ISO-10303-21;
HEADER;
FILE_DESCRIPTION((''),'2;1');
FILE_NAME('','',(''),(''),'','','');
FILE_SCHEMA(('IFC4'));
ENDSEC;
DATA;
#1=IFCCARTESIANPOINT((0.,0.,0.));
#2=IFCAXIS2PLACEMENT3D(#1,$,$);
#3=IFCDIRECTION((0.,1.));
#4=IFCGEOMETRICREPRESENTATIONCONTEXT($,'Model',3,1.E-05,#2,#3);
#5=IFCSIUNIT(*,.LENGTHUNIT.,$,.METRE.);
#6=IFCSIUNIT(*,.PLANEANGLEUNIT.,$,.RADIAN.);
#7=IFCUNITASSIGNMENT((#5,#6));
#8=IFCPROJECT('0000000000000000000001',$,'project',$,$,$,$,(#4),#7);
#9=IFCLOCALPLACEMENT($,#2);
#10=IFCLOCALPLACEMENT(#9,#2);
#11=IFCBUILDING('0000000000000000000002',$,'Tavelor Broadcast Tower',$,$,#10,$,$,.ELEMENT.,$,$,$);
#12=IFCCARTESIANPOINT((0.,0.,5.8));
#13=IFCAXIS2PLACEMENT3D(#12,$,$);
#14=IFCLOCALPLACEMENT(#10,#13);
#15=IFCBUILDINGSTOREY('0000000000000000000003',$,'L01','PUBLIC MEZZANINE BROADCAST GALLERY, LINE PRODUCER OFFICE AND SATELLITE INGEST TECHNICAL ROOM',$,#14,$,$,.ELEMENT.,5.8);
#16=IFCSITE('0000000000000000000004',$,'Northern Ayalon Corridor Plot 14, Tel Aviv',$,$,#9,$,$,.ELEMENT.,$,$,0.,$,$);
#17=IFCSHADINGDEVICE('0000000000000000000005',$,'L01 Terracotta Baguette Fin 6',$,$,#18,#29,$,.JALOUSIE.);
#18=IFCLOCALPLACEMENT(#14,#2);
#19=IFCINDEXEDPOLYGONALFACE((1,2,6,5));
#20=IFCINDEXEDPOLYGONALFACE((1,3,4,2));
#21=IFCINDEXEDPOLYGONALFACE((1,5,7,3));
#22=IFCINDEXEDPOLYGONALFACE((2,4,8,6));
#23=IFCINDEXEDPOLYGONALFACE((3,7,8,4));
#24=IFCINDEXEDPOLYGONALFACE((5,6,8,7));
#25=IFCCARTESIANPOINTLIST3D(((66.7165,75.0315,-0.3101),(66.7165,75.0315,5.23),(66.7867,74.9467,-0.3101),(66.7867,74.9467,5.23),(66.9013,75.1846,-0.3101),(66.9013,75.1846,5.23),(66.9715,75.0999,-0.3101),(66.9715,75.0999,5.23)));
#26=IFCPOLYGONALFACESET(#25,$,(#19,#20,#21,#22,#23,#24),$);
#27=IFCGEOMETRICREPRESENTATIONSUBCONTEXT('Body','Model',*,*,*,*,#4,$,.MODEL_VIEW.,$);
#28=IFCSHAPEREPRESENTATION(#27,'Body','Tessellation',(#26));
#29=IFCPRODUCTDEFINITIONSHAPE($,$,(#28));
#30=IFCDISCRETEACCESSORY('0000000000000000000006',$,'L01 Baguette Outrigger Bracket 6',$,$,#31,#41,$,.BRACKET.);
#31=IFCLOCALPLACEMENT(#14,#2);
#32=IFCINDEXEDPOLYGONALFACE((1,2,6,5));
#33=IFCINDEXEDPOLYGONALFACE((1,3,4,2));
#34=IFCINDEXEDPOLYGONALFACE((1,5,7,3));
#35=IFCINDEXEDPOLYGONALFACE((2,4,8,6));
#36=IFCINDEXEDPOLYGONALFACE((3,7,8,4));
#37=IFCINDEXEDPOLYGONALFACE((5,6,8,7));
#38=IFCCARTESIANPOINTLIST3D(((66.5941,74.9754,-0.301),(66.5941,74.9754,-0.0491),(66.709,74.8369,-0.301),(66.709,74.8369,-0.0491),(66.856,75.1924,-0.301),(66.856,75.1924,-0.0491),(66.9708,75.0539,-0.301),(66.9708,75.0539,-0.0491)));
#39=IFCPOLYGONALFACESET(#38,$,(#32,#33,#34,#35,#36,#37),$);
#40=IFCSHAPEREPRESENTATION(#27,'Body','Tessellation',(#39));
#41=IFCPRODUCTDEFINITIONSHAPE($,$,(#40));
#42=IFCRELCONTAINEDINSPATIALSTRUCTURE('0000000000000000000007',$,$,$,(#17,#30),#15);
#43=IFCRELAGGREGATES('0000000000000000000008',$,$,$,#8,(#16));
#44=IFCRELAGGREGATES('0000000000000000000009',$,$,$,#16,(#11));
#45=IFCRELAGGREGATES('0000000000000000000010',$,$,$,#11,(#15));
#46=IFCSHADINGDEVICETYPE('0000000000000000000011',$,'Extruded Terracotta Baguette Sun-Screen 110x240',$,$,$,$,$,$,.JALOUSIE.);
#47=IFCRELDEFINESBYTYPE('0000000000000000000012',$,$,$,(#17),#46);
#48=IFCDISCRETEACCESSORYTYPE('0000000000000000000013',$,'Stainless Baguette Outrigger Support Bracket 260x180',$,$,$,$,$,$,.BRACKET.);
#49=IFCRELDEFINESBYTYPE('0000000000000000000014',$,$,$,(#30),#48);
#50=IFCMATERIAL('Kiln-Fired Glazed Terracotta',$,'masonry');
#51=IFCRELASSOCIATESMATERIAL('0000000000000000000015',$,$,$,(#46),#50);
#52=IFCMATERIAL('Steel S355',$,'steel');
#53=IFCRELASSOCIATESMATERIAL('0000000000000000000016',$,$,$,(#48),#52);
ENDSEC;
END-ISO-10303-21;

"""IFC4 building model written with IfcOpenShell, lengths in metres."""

from ifc_helpers import new_model, si_unit, direction, frame, origin, origin_2d, place, context, subcontext, project, spatial, rectangle, extrude, source, transform, mapped, material, type_object, type_shapes, element, save


model = new_model("IFC4")

# Units and contexts
model_context = context("Model", 3, precision=1e-05, world=origin(), true_north=direction((0.0, 1.0)))
body_context = subcontext(model_context, "Body", "Model", "MODEL_VIEW")
ifc_project = project(units=[si_unit("LENGTHUNIT", "METRE"), si_unit("PLANEANGLEUNIT", "RADIAN")], contexts=[model_context])

# Site, building, storey
site_placement = place(None, origin())
site = spatial("IfcSite", under=ifc_project, at=site_placement, Name="Northern Ayalon Corridor Plot 14, Tel Aviv", CompositionType="ELEMENT", RefElevation=0.0)
building_placement = place(site_placement, origin())
building = spatial("IfcBuilding", under=site, at=building_placement, Name="Tavelor Broadcast Tower", CompositionType="ELEMENT")
storey_placement = place(building_placement, frame((0.0, 0.0, 5.8)))
storey = spatial("IfcBuildingStorey", under=building, at=storey_placement, Name="L01", Description="PUBLIC MEZZANINE BROADCAST GALLERY, LINE PRODUCER OFFICE AND SATELLITE INGEST TECHNICAL ROOM", CompositionType="ELEMENT", Elevation=5.8)

# Shared definitions
ifc_material_1 = material(Name="Steel S355", Category="steel")

# Shared definitions
ifc_material_2 = material(Name="Kiln-Fired Glazed Terracotta", Category="masonry")

# Shading device
shading_device_type = type_object("IfcShadingDeviceType", Name="Extruded Terracotta Baguette Sun-Screen 110x240", PredefinedType="JALOUSIE", material=ifc_material_2)
shared_shape_1 = source(origin(), body_context, "Body", "SweptSolid", [
    extrude(rectangle(XDim=0.1101, YDim=0.24, at=origin_2d()), origin(), (0.0, 0.0, 1.0), 5.54),
])
type_shapes(shading_device_type, [shared_shape_1])
shading_device_placement = place(storey_placement, frame((66.844, 75.0657, -0.3101), z_axis=(0.0, 0.0, 1.0), x_axis=(-0.638096, 0.769957, 0.0)))
element("IfcShadingDevice", 1, at=shading_device_placement, inside=storey, type_object=shading_device_type, Name="L01 Terracotta Baguette Fin 6", PredefinedType="JALOUSIE", context=body_context, shape_type="MappedRepresentation", body=[
    mapped(shared_shape_1, transform((0.0, 0.0, 0.0), scale=1.0)),
])

# Discrete accessory
discrete_accessory_type = type_object("IfcDiscreteAccessoryType", Name="Stainless Baguette Outrigger Support Bracket 260x180", PredefinedType="BRACKET", material=ifc_material_1)
shared_shape_2 = source(origin(), body_context, "Body", "SweptSolid", [
    extrude(rectangle(XDim=0.1799, YDim=0.3401, at=origin_2d()), origin(), (0.0, 0.0, 1.0), 0.252),
])
type_shapes(discrete_accessory_type, [shared_shape_2])
discrete_accessory_placement = place(storey_placement, frame((66.7825, 75.0146, -0.301), z_axis=(0.0, 0.0, 1.0), x_axis=(-0.638096, 0.769957, 0.0)))
element("IfcDiscreteAccessory", 2, at=discrete_accessory_placement, inside=storey, type_object=discrete_accessory_type, Name="L01 Baguette Outrigger Bracket 6", PredefinedType="BRACKET", context=body_context, shape_type="MappedRepresentation", body=[
    mapped(shared_shape_2, transform((0.0, 0.0, 0.0), scale=1.0)),
])

save(model, "model.ifc")
